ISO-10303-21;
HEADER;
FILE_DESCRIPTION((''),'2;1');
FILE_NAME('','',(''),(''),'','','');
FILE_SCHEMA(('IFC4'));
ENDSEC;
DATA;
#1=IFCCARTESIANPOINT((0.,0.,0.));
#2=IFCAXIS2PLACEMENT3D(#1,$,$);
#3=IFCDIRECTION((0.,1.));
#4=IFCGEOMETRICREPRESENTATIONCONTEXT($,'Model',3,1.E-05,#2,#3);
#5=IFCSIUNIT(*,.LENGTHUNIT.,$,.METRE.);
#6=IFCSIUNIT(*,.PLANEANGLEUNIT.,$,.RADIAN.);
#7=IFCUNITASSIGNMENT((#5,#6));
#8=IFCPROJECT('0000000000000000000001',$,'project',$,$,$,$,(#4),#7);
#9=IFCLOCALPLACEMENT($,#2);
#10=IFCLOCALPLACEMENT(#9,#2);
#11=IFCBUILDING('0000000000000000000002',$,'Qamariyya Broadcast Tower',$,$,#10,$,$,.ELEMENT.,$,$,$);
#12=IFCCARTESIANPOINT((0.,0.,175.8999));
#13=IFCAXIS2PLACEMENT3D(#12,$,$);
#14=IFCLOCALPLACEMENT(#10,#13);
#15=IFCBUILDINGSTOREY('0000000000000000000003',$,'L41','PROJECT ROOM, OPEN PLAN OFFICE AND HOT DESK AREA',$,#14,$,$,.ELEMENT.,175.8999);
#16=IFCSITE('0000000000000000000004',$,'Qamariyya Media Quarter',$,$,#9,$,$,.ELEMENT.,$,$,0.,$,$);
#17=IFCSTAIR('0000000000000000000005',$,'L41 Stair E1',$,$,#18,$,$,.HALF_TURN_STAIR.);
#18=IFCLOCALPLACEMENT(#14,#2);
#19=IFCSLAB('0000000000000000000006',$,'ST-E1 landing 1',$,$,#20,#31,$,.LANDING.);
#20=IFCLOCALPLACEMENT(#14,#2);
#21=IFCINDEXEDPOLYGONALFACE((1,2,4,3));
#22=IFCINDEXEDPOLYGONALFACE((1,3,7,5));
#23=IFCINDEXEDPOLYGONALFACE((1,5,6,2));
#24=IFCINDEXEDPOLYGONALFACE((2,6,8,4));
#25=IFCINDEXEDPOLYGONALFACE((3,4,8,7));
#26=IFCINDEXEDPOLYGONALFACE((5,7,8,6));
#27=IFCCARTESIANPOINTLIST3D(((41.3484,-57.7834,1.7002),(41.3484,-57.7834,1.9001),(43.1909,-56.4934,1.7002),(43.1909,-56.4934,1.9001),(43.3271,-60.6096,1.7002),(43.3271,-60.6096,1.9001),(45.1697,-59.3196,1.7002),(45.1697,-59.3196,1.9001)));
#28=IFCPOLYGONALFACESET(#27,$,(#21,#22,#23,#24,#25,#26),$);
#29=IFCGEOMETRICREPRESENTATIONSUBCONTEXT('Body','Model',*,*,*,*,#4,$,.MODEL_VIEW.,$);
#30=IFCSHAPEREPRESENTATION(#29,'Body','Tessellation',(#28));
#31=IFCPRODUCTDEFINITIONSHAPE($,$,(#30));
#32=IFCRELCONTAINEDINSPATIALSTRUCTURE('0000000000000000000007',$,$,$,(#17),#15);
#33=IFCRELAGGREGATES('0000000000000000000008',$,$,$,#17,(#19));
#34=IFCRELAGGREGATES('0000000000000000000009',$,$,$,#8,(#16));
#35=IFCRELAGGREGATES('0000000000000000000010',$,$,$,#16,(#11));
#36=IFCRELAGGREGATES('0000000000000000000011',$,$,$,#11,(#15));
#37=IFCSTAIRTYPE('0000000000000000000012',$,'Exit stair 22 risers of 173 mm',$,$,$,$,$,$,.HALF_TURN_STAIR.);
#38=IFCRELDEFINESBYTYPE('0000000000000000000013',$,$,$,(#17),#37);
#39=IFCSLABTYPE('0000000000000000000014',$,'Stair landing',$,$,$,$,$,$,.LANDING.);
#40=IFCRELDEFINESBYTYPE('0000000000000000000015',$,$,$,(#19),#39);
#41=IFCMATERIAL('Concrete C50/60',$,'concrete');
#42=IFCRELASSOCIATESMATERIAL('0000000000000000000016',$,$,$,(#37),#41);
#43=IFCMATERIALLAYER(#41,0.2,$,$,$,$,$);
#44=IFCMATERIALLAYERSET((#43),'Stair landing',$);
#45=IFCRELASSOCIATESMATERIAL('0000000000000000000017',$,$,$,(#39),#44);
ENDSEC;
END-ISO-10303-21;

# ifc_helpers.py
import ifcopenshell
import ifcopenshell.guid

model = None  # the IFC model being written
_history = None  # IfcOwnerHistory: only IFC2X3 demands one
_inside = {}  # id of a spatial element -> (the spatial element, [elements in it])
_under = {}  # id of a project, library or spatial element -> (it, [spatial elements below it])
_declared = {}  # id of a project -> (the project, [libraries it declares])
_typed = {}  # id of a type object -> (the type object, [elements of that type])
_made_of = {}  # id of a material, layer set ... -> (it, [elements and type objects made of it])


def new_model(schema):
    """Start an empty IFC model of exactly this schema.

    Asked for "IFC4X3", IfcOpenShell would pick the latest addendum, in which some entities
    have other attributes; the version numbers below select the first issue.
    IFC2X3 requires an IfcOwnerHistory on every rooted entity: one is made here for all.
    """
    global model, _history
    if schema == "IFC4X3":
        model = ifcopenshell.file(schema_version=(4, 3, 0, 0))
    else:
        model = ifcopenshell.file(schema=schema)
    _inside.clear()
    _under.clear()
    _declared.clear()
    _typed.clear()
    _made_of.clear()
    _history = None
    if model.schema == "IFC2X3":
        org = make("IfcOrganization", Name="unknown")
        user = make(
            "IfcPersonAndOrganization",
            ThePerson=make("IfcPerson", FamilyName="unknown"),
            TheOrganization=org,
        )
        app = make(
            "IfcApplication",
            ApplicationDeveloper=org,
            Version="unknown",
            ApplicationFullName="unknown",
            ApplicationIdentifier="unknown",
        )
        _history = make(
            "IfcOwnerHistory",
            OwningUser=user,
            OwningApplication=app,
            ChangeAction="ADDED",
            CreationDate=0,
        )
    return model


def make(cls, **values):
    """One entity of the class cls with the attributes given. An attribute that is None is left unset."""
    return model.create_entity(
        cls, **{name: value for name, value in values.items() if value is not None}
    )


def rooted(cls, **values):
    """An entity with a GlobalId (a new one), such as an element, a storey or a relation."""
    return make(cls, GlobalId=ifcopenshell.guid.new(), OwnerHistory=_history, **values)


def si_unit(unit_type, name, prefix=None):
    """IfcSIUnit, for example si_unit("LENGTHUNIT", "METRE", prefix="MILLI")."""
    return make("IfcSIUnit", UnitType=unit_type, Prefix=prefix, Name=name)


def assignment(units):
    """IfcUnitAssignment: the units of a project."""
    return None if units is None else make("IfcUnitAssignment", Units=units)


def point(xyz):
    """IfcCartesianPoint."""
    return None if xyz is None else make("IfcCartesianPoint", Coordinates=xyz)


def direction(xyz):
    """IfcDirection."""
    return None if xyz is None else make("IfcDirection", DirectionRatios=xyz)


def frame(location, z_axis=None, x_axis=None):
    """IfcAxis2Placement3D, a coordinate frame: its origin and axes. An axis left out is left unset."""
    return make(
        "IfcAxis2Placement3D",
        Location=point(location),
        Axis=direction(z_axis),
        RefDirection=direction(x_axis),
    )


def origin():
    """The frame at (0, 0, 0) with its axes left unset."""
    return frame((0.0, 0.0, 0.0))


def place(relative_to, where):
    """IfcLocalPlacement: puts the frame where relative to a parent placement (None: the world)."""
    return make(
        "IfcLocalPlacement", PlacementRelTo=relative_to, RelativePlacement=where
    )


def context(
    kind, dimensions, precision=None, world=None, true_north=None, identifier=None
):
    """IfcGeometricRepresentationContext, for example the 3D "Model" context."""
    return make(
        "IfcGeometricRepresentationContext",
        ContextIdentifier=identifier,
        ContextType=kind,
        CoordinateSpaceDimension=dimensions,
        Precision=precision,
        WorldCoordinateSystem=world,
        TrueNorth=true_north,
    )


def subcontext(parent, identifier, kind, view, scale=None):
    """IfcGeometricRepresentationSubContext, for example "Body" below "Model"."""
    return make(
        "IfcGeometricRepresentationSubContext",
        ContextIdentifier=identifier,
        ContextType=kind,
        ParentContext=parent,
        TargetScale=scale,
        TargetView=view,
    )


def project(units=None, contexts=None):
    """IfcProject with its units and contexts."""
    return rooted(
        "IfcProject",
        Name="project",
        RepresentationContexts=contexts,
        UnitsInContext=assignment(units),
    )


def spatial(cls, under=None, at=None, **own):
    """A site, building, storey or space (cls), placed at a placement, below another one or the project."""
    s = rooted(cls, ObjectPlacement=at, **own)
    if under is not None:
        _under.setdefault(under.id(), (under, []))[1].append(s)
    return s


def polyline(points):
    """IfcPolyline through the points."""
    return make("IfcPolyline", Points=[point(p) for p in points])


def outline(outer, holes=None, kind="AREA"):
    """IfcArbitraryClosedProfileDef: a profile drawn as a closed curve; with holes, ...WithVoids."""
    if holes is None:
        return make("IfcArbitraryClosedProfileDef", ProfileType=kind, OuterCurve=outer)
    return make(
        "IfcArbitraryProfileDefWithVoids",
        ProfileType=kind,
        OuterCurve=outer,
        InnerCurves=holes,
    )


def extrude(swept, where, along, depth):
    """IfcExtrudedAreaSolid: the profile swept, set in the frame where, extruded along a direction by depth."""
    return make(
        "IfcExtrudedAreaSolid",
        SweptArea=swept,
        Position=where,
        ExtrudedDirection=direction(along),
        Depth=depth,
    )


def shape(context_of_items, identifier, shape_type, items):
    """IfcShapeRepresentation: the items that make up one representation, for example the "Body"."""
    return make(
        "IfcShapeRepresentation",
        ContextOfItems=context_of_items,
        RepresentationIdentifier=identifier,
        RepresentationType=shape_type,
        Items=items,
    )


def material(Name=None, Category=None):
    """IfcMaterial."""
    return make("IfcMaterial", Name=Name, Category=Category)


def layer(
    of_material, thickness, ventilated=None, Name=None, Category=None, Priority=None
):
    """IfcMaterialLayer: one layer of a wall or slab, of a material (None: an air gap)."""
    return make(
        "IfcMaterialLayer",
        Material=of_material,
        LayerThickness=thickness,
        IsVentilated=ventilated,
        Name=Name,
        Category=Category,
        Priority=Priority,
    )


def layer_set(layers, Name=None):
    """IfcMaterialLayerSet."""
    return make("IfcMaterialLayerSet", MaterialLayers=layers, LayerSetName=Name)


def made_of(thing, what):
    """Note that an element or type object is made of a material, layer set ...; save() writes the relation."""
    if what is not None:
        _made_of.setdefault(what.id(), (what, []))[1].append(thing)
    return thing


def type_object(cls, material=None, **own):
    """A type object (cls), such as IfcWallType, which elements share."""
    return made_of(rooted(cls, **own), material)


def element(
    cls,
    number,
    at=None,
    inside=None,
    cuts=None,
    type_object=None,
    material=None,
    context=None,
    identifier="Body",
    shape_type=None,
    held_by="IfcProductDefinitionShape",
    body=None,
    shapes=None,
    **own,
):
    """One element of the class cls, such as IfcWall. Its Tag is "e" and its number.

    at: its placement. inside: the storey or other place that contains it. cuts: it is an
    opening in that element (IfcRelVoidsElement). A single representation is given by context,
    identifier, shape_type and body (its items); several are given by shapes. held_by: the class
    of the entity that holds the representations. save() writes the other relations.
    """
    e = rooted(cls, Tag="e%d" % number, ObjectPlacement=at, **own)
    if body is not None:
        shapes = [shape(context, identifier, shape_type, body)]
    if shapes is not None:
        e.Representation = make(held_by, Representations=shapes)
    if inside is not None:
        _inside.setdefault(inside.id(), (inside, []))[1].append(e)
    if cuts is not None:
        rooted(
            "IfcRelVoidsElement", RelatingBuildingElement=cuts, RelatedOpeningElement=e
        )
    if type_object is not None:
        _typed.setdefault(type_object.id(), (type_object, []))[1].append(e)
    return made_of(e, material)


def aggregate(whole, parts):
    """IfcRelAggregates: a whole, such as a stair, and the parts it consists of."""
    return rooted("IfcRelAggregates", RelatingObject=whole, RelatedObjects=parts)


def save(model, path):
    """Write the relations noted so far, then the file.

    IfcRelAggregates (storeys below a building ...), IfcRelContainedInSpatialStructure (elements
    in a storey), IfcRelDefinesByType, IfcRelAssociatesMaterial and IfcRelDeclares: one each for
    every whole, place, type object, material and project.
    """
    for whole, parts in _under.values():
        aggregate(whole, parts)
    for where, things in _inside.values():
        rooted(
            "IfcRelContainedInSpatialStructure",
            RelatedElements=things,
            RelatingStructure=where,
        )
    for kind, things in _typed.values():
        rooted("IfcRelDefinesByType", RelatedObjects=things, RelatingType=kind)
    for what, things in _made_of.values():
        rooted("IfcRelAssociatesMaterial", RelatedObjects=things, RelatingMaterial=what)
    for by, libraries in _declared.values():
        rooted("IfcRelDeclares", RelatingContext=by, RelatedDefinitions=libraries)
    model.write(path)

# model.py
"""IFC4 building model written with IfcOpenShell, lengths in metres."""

from ifc_helpers import new_model, si_unit, direction, frame, origin, place, context, subcontext, project, spatial, polyline, outline, extrude, material, layer, layer_set, type_object, element, aggregate, save


model = new_model("IFC4")

# Units and contexts
model_context = context("Model", 3, precision=1e-05, world=origin(), true_north=direction((0.0, 1.0)))
body_context = subcontext(model_context, "Body", "Model", "MODEL_VIEW")
ifc_project = project(units=[si_unit("LENGTHUNIT", "METRE"), si_unit("PLANEANGLEUNIT", "RADIAN")], contexts=[model_context])

# Site, building, storey
site_placement = place(None, origin())
building_placement = place(site_placement, origin())
storey_placement = place(building_placement, frame((0.0, 0.0, 175.8999)))
site = spatial("IfcSite", under=ifc_project, at=site_placement, Name="Qamariyya Media Quarter", CompositionType="ELEMENT", RefElevation=0.0)
building = spatial("IfcBuilding", under=site, at=building_placement, Name="Qamariyya Broadcast Tower", CompositionType="ELEMENT")
storey = spatial("IfcBuildingStorey", under=building, at=storey_placement, Name="L41", Description="PROJECT ROOM, OPEN PLAN OFFICE AND HOT DESK AREA", CompositionType="ELEMENT", Elevation=175.8999)

# Stair, slab
ifc_material_1 = material(Name="Concrete C50/60", Category="concrete")
stair_type = type_object("IfcStairType", Name="Exit stair 22 risers of 173 mm", PredefinedType="HALF_TURN_STAIR", material=ifc_material_1)
ifc_layer = layer(ifc_material_1, 0.2)
ifc_layer_set = layer_set([ifc_layer], Name="Stair landing")
slab_type = type_object("IfcSlabType", Name="Stair landing", PredefinedType="LANDING", material=ifc_layer_set)
stair_1_placement = place(storey_placement, origin())
stair_1 = element("IfcStair", 1, at=stair_1_placement, inside=storey, type_object=stair_type, Name="L41 Stair E1", PredefinedType="HALF_TURN_STAIR")
slab_1_placement = place(storey_placement, frame((0.0, 0.0, 1.7002)))
slab_1 = element("IfcSlab", 2, at=slab_1_placement, type_object=slab_type, Name="ST-E1 landing 1", PredefinedType="LANDING", context=body_context, shape_type="SweptSolid", body=[
    extrude(outline(polyline([(43.1909, -56.4934), (41.3484, -57.7834), (43.3271, -60.6096), (45.1697, -59.3196), (43.1909, -56.4934)])), origin(), (0.0, 0.0, 1.0), 0.2),
])
aggregate(stair_1, [slab_1])

save(model, "model.ifc")
